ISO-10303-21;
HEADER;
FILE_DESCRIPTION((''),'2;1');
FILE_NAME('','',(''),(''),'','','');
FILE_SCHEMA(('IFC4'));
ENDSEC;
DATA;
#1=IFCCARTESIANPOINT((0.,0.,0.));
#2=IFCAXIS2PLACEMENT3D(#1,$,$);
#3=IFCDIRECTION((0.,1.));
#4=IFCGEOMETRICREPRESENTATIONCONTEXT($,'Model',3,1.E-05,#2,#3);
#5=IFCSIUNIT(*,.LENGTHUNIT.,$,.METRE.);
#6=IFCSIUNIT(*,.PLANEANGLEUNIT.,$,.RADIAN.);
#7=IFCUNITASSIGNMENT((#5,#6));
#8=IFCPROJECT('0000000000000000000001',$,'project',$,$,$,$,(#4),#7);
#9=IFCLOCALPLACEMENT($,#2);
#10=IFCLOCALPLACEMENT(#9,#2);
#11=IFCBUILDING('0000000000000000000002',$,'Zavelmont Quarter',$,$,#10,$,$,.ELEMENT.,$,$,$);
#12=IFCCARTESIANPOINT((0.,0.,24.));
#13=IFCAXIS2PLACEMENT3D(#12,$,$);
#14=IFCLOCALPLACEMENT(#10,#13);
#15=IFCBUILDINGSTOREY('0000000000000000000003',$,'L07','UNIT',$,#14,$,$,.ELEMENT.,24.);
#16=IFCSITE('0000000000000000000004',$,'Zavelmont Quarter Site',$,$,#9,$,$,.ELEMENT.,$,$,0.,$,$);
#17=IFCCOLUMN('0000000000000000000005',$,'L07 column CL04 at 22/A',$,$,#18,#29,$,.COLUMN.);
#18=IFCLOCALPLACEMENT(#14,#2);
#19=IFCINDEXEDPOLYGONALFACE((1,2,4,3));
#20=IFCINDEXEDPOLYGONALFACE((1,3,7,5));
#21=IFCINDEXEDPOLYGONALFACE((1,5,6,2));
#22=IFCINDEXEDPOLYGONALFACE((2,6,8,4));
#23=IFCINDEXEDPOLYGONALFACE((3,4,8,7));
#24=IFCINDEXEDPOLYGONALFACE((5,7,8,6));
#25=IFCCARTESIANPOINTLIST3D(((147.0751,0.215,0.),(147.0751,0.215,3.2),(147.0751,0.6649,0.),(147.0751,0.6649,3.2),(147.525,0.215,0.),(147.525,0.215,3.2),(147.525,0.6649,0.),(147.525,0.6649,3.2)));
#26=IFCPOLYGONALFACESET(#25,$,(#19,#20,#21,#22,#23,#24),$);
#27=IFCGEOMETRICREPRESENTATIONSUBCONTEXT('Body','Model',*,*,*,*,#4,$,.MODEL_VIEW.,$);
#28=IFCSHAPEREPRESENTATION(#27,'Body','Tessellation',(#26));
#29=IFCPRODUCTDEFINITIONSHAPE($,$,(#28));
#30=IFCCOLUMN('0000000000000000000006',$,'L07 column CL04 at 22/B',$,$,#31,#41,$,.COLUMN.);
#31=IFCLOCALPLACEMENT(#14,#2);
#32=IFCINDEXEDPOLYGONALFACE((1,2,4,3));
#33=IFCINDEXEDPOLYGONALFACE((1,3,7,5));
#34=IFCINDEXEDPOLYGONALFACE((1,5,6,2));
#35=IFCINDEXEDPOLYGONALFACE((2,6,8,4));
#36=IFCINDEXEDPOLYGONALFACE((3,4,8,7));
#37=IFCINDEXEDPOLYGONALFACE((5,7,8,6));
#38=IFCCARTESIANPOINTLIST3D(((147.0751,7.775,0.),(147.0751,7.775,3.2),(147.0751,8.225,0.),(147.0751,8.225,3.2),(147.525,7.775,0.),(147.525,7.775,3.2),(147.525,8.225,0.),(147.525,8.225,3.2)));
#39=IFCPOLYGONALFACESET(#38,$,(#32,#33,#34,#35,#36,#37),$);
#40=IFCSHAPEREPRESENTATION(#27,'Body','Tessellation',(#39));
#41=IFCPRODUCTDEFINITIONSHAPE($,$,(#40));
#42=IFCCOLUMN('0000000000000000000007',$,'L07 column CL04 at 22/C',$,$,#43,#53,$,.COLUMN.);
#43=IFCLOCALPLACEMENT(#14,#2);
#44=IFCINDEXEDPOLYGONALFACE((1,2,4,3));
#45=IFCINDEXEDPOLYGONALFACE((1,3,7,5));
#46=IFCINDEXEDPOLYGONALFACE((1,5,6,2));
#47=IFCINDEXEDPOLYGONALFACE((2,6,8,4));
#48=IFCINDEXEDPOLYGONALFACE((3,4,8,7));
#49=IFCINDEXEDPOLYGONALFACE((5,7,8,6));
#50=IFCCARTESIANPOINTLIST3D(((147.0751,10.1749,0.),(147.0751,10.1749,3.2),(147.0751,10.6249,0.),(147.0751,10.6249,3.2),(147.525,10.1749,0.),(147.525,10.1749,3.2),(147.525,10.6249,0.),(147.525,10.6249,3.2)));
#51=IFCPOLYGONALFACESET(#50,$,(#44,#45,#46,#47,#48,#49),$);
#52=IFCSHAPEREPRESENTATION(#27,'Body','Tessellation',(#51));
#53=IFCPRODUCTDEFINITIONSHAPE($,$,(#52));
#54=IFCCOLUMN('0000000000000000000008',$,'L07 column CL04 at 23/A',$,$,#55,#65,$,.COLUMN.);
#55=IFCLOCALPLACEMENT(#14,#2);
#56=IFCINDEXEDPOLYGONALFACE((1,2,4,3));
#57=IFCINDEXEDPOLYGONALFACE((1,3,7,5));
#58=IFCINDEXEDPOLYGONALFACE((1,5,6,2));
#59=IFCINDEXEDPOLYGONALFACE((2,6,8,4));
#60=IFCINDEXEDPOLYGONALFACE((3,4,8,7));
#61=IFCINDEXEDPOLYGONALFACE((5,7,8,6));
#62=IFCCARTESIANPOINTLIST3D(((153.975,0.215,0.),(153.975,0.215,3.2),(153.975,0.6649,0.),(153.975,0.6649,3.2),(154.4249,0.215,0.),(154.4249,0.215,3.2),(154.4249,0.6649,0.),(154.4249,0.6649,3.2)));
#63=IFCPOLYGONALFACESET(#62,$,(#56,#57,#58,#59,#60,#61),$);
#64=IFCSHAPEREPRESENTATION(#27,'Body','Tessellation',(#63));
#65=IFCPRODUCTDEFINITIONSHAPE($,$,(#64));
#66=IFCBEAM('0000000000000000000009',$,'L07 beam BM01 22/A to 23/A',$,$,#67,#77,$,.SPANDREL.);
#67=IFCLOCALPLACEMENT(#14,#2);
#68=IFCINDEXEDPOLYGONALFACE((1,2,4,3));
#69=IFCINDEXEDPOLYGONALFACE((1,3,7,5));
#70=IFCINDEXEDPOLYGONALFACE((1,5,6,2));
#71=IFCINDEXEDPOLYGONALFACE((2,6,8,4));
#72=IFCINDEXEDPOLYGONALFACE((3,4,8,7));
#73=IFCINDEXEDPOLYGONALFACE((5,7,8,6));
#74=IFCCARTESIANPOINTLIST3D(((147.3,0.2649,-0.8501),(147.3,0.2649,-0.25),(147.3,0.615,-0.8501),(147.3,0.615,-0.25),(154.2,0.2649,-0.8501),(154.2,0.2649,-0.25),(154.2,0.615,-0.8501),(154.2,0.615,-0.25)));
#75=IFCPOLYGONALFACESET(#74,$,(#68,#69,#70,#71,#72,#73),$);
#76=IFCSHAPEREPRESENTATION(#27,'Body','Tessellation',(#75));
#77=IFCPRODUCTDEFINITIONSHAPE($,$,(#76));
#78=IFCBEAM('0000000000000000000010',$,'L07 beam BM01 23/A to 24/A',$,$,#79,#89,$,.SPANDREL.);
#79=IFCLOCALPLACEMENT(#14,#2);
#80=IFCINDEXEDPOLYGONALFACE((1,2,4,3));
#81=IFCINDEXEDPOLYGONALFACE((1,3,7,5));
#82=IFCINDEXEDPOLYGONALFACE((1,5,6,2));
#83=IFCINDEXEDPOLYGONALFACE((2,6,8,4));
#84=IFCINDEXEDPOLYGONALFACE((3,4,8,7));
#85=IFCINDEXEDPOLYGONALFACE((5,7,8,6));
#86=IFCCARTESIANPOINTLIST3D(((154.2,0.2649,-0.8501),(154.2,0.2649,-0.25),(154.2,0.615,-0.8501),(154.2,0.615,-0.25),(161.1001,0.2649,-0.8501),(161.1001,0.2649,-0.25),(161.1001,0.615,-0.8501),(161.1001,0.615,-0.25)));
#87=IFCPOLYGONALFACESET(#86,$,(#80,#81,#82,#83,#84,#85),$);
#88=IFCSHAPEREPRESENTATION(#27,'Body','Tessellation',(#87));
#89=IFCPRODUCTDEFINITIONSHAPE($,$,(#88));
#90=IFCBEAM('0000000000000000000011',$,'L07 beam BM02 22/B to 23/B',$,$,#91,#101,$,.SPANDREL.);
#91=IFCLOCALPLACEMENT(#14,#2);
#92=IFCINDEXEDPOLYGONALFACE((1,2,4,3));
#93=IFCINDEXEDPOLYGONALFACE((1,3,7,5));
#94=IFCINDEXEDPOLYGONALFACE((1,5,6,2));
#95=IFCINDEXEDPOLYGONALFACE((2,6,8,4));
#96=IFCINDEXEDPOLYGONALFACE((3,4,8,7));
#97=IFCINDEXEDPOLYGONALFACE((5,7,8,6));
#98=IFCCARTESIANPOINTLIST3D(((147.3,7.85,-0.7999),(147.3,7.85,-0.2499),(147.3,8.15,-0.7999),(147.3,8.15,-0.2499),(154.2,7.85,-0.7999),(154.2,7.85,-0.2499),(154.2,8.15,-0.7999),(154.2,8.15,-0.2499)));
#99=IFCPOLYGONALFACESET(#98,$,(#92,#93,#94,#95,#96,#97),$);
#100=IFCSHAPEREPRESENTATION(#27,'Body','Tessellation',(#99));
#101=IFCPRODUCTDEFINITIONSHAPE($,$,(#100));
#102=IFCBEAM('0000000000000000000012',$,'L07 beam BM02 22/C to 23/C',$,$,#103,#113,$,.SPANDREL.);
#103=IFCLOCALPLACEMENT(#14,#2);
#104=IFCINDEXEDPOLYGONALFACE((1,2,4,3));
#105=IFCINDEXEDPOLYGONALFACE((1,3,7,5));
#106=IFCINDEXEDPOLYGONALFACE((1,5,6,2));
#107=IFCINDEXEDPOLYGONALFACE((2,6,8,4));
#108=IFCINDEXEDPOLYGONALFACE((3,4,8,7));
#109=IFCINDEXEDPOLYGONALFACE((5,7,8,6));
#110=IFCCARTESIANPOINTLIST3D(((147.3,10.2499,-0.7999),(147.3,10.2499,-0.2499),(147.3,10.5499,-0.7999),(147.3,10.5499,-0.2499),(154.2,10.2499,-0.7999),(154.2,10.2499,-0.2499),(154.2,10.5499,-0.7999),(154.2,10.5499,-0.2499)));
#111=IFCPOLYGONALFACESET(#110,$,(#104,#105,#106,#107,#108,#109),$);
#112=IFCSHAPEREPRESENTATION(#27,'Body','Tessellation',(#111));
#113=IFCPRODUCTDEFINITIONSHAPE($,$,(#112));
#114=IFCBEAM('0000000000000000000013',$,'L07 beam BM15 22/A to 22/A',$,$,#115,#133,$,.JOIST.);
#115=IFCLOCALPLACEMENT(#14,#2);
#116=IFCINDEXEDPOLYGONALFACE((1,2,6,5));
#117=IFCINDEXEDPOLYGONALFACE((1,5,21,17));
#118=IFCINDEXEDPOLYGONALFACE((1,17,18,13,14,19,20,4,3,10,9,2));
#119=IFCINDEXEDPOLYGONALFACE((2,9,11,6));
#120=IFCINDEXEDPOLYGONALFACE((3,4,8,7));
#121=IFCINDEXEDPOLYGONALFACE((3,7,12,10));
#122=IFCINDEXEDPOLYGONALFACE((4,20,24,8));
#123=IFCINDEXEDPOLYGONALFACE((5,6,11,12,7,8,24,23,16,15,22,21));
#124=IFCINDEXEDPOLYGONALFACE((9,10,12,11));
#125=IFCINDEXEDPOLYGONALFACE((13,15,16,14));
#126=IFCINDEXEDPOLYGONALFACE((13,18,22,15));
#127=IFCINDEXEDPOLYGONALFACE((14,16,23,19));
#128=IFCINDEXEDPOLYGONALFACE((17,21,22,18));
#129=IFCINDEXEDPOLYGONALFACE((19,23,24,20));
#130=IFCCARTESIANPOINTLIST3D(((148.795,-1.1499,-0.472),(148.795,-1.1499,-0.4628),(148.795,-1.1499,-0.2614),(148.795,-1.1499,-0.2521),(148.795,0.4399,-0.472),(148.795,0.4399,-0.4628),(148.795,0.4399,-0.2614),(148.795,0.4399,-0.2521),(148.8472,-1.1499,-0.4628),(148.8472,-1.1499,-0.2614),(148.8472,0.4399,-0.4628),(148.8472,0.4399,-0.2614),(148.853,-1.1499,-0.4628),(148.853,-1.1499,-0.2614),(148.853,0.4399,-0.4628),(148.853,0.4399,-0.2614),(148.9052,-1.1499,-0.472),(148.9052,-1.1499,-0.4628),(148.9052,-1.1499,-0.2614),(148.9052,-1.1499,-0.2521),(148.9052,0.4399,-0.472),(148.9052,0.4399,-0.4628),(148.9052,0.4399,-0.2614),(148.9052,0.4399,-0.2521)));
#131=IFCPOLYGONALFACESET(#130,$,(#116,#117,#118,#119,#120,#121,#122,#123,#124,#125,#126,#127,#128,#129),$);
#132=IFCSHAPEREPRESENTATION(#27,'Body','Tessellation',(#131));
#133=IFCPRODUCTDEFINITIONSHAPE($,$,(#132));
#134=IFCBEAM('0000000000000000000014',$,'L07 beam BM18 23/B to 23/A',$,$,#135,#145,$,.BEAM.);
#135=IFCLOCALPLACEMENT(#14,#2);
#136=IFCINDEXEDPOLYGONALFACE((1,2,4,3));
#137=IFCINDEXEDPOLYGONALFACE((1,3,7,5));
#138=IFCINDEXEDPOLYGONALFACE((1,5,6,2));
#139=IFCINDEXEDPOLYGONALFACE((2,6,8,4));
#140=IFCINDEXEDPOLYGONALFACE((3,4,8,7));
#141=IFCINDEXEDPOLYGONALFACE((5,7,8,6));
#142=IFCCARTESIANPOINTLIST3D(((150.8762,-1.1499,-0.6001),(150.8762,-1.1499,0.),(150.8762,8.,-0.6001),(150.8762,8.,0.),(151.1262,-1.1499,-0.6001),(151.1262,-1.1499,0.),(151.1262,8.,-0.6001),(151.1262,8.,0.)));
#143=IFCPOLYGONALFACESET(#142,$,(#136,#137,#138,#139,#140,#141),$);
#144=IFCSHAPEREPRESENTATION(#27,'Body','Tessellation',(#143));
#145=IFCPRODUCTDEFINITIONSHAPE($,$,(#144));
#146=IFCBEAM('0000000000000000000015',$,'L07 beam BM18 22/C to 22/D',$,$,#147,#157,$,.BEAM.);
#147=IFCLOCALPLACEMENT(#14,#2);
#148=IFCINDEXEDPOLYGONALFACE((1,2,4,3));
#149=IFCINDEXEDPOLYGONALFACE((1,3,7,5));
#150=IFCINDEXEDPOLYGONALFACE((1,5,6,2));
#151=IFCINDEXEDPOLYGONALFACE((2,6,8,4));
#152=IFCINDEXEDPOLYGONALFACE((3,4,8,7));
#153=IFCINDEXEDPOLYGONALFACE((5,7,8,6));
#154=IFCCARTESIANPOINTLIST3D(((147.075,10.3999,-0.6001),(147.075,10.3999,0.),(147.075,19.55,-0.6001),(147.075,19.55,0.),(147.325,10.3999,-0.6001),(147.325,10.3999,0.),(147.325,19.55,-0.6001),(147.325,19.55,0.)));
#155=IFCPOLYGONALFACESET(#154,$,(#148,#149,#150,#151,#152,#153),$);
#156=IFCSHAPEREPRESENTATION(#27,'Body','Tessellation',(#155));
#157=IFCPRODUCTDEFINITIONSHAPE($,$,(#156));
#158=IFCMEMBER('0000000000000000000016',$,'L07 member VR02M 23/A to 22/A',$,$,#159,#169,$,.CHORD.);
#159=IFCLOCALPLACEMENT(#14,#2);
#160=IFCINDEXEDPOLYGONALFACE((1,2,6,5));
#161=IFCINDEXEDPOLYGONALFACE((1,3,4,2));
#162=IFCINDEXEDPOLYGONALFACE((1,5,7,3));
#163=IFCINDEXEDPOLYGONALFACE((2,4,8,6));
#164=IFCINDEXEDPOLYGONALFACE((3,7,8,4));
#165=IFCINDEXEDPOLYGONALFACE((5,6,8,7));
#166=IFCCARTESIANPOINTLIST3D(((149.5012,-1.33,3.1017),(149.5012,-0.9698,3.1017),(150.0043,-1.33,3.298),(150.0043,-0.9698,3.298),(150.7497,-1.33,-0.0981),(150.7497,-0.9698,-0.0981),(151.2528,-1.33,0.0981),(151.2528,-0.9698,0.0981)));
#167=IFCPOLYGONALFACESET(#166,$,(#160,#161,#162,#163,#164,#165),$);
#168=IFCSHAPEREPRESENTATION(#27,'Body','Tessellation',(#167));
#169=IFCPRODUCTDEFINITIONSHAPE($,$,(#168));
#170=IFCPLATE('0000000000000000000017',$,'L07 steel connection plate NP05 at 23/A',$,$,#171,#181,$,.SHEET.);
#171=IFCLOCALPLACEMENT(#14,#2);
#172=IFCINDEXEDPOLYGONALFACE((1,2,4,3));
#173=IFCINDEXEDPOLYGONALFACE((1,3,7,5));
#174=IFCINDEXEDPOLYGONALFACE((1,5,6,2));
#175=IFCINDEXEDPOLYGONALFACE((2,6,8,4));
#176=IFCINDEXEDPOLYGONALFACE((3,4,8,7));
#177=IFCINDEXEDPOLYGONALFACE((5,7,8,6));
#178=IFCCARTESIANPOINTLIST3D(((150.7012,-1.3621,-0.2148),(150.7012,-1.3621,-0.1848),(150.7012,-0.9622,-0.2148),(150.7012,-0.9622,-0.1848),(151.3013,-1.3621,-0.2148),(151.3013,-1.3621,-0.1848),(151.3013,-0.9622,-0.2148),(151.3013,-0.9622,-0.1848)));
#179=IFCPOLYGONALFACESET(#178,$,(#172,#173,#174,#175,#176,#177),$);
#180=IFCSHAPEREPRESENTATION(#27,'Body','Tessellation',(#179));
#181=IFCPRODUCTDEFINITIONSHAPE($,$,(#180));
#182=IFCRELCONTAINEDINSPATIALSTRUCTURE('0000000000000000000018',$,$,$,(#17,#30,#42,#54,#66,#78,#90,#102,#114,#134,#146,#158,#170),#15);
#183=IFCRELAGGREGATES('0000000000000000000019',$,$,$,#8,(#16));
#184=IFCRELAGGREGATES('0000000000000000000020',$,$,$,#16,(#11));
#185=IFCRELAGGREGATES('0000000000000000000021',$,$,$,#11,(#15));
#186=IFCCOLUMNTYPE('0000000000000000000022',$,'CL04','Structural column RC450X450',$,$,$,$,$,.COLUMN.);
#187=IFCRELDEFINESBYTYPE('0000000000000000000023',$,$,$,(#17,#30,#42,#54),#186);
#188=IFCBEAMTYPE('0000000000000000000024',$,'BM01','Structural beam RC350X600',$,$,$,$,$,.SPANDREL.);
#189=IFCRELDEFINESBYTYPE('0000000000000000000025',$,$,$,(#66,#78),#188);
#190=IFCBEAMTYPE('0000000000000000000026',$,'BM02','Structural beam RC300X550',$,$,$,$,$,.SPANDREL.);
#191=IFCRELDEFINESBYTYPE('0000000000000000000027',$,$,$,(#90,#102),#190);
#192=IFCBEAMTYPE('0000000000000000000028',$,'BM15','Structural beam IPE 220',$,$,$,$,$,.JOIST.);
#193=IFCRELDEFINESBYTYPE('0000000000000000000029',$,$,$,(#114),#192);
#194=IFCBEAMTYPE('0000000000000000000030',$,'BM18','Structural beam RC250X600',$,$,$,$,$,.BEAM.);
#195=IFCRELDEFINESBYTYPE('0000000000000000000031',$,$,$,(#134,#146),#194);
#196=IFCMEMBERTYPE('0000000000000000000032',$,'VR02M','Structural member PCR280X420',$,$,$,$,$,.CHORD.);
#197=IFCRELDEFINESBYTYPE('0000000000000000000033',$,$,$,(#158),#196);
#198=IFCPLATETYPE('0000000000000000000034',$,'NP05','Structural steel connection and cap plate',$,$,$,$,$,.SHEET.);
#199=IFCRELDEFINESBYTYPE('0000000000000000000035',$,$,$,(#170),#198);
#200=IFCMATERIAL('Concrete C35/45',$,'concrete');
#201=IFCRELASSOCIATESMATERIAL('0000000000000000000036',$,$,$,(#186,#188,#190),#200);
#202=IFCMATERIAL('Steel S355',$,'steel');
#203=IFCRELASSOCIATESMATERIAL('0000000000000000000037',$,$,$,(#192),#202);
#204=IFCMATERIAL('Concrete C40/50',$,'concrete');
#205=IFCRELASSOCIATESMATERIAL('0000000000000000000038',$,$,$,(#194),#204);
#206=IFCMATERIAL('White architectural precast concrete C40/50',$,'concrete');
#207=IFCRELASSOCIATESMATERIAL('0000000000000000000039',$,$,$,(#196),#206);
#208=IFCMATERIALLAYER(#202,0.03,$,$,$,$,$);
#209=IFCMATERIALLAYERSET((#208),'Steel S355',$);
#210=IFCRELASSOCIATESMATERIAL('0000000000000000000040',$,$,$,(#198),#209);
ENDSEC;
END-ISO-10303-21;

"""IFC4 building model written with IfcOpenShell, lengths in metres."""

from ifc_helpers import new_model, si_unit, direction, frame, origin, origin_2d, place, context, subcontext, project, spatial, rectangle, i_section, extrude, material, layer, layer_set, material_profile, profile_set, type_object, element, save


model = new_model("IFC4")

# Units and contexts
model_context = context("Model", 3, precision=1e-05, world=origin(), true_north=direction((0.0, 1.0)))
body_context = subcontext(model_context, "Body", "Model", "MODEL_VIEW")
ifc_project = project(units=[si_unit("LENGTHUNIT", "METRE"), si_unit("PLANEANGLEUNIT", "RADIAN")], contexts=[model_context])

# Site, building, storey
site_placement = place(None, origin())
site = spatial("IfcSite", under=ifc_project, at=site_placement, Name="Zavelmont Quarter Site", CompositionType="ELEMENT", RefElevation=0.0)
building_placement = place(site_placement, origin())
building = spatial("IfcBuilding", under=site, at=building_placement, Name="Zavelmont Quarter", CompositionType="ELEMENT")
storey_placement = place(building_placement, frame((0.0, 0.0, 24.0)))
storey = spatial("IfcBuildingStorey", under=building, at=storey_placement, Name="L07", Description="UNIT", CompositionType="ELEMENT", Elevation=24.0)

# Columns
ifc_material_1 = material(Name="Concrete C35/45", Category="concrete")
ifc_material_profile_1 = material_profile(ifc_material_1, rectangle(XDim=0.45, YDim=0.45, at=origin_2d()), Name="RC450X450")
ifc_profile_set_1 = profile_set([ifc_material_profile_1], Name="Concrete C35/45")
column_type = type_object("IfcColumnType", Name="CL04", Description="Structural column RC450X450", PredefinedType="COLUMN", material=ifc_profile_set_1)
for number, where, z_axis, x_axis, name in (
    (1, (147.3, 0.4399, 0.0), (0.0, 0.0, 1.0), (1.0, 0.0, 0.0), "L07 column CL04 at 22/A"),
    (2, (147.3, 8.0, 0.0), (0.0, 0.0, 1.0), (1.0, 0.0, 0.0), "L07 column CL04 at 22/B"),
    (3, (147.3, 10.3999, 0.0), (0.0, 0.0, 1.0), (1.0, 0.0, 0.0), "L07 column CL04 at 22/C"),
    (4, (154.2, 0.4399, 0.0), (0.0, 0.0, 1.0), (1.0, 0.0, 0.0), "L07 column CL04 at 23/A"),
):
    element("IfcColumn", number, at=place(storey_placement, frame(where, z_axis=z_axis, x_axis=x_axis)), inside=storey, type_object=column_type, Name=name, PredefinedType="COLUMN", context=body_context, shape_type="SweptSolid", body=[
        extrude(rectangle(XDim=0.45, YDim=0.45, at=origin_2d()), origin(), (0.0, 0.0, 1.0), 3.2),
    ])

# Beams
ifc_material_profile_2 = material_profile(ifc_material_1, rectangle(XDim=0.3501, YDim=0.6001, at=origin_2d()), Name="RC350X600")
ifc_profile_set_2 = profile_set([ifc_material_profile_2], Name="Concrete C35/45")
beam_type_1 = type_object("IfcBeamType", Name="BM01", Description="Structural beam RC350X600", PredefinedType="SPANDREL", material=ifc_profile_set_2)
beam_1_placement = place(storey_placement, frame((147.3, 0.4399, -0.55), z_axis=(1.0, 0.0, 0.0), x_axis=(0.0, 1.0, 0.0)))
element("IfcBeam", 5, at=beam_1_placement, inside=storey, type_object=beam_type_1, Name="L07 beam BM01 22/A to 23/A", PredefinedType="SPANDREL", context=body_context, shape_type="SweptSolid", body=[
    extrude(rectangle(XDim=0.3501, YDim=0.6001, at=origin_2d()), origin(), (0.0, 0.0, 1.0), 6.8999),
])
beam_2_placement = place(storey_placement, frame((154.2, 0.4399, -0.55), z_axis=(1.0, 0.0, 0.0), x_axis=(0.0, 1.0, 0.0)))
element("IfcBeam", 6, at=beam_2_placement, inside=storey, type_object=beam_type_1, Name="L07 beam BM01 23/A to 24/A", PredefinedType="SPANDREL", context=body_context, shape_type="SweptSolid", body=[
    extrude(rectangle(XDim=0.3501, YDim=0.6001, at=origin_2d()), origin(), (0.0, 0.0, 1.0), 6.9001),
])
ifc_material_profile_3 = material_profile(ifc_material_1, rectangle(XDim=0.3, YDim=0.55, at=origin_2d()), Name="RC300X550")
ifc_profile_set_3 = profile_set([ifc_material_profile_3], Name="Concrete C35/45")
beam_type_2 = type_object("IfcBeamType", Name="BM02", Description="Structural beam RC300X550", PredefinedType="SPANDREL", material=ifc_profile_set_3)
for number, where, z_axis, x_axis, name in (
    (7, (147.3, 8.0, -0.5249), (1.0, 0.0, 0.0), (0.0, 1.0, 0.0), "L07 beam BM02 22/B to 23/B"),
    (8, (147.3, 10.3999, -0.5249), (1.0, 0.0, 0.0), (0.0, 1.0, 0.0), "L07 beam BM02 22/C to 23/C"),
):
    element("IfcBeam", number, at=place(storey_placement, frame(where, z_axis=z_axis, x_axis=x_axis)), inside=storey, type_object=beam_type_2, Name=name, PredefinedType="SPANDREL", context=body_context, shape_type="SweptSolid", body=[
        extrude(rectangle(XDim=0.3, YDim=0.55, at=origin_2d()), origin(), (0.0, 0.0, 1.0), 6.8999),
    ])
ifc_material_2 = material(Name="Steel S355", Category="steel")
ifc_material_profile_4 = material_profile(ifc_material_2, i_section(OverallWidth=0.1101, OverallDepth=0.22, WebThickness=0.0059, FlangeThickness=0.0093, at=origin_2d()), Name="IPE 220")
ifc_profile_set_4 = profile_set([ifc_material_profile_4], Name="Steel S355")
beam_type_3 = type_object("IfcBeamType", Name="BM15", Description="Structural beam IPE 220", PredefinedType="JOIST", material=ifc_profile_set_4)
beam_3_placement = place(storey_placement, frame((148.8501, 0.4399, -0.3621), z_axis=(0.0, -1.0, 0.0), x_axis=(1.0, 0.0, 0.0)))
element("IfcBeam", 9, at=beam_3_placement, inside=storey, type_object=beam_type_3, Name="L07 beam BM15 22/A to 22/A", PredefinedType="JOIST", context=body_context, shape_type="SweptSolid", body=[
    extrude(i_section(OverallWidth=0.1101, OverallDepth=0.22, WebThickness=0.0059, FlangeThickness=0.0093, at=origin_2d()), origin(), (0.0, 0.0, 1.0), 1.5898),
])
ifc_material_3 = material(Name="Concrete C40/50", Category="concrete")
ifc_material_profile_5 = material_profile(ifc_material_3, rectangle(XDim=0.25, YDim=0.6001, at=origin_2d()), Name="RC250X600")
ifc_profile_set_5 = profile_set([ifc_material_profile_5], Name="Concrete C40/50")
beam_type_4 = type_object("IfcBeamType", Name="BM18", Description="Structural beam RC250X600", PredefinedType="BEAM", material=ifc_profile_set_5)
beam_4_placement = place(storey_placement, frame((151.0012, 8.0, -0.3), z_axis=(0.0, -1.0, 0.0), x_axis=(1.0, 0.0, 0.0)))
element("IfcBeam", 10, at=beam_4_placement, inside=storey, type_object=beam_type_4, Name="L07 beam BM18 23/B to 23/A", PredefinedType="BEAM", context=body_context, shape_type="SweptSolid", body=[
    extrude(rectangle(XDim=0.25, YDim=0.6001, at=origin_2d()), origin(), (0.0, 0.0, 1.0), 9.1499),
])
beam_5_placement = place(storey_placement, frame((147.2, 10.3999, -0.3), z_axis=(0.0, 1.0, 0.0), x_axis=(-1.0, 0.0, 0.0)))
element("IfcBeam", 11, at=beam_5_placement, inside=storey, type_object=beam_type_4, Name="L07 beam BM18 22/C to 22/D", PredefinedType="BEAM", context=body_context, shape_type="SweptSolid", body=[
    extrude(rectangle(XDim=0.25, YDim=0.6001, at=origin_2d()), origin(), (0.0, 0.0, 1.0), 9.1501),
])

# Member
ifc_material_4 = material(Name="White architectural precast concrete C40/50", Category="concrete")
ifc_material_profile_6 = material_profile(ifc_material_4, rectangle(XDim=0.3601, YDim=0.54, at=origin_2d()), Name="PCR280X420")
ifc_profile_set_6 = profile_set([ifc_material_profile_6], Name="White architectural precast concrete C40/50")
member_type = type_object("IfcMemberType", Name="VR02M", Description="Structural member PCR280X420", PredefinedType="CHORD", material=ifc_profile_set_6)
member_placement = place(storey_placement, frame((151.0012, -1.1499, 0.0), z_axis=(-0.363485, 0.0, 0.9316), x_axis=(0.0, -1.0, 0.0)))
element("IfcMember", 12, at=member_placement, inside=storey, type_object=member_type, Name="L07 member VR02M 23/A to 22/A", PredefinedType="CHORD", context=body_context, shape_type="SweptSolid", body=[
    extrude(rectangle(XDim=0.3601, YDim=0.54, at=origin_2d()), origin(), (0.0, 0.0, 1.0), 3.4348),
])

# Plate
ifc_layer_1 = layer(ifc_material_2, 0.03)
ifc_layer_set_1 = layer_set([ifc_layer_1], Name="Steel S355")
plate_type = type_object("IfcPlateType", Name="NP05", Description="Structural steel connection and cap plate", PredefinedType="SHEET", material=ifc_layer_set_1)
plate_placement = place(storey_placement, frame((151.0012, -1.1621, -0.2148), z_axis=(0.0, 0.0, 1.0), x_axis=(1.0, 0.0, 0.0)))
element("IfcPlate", 13, at=plate_placement, inside=storey, type_object=plate_type, Name="L07 steel connection plate NP05 at 23/A", PredefinedType="SHEET", context=body_context, shape_type="SweptSolid", body=[
    extrude(rectangle(XDim=0.6001, YDim=0.3999, at=origin_2d()), origin(), (0.0, 0.0, 1.0), 0.03),
])

save(model, "model.ifc")
